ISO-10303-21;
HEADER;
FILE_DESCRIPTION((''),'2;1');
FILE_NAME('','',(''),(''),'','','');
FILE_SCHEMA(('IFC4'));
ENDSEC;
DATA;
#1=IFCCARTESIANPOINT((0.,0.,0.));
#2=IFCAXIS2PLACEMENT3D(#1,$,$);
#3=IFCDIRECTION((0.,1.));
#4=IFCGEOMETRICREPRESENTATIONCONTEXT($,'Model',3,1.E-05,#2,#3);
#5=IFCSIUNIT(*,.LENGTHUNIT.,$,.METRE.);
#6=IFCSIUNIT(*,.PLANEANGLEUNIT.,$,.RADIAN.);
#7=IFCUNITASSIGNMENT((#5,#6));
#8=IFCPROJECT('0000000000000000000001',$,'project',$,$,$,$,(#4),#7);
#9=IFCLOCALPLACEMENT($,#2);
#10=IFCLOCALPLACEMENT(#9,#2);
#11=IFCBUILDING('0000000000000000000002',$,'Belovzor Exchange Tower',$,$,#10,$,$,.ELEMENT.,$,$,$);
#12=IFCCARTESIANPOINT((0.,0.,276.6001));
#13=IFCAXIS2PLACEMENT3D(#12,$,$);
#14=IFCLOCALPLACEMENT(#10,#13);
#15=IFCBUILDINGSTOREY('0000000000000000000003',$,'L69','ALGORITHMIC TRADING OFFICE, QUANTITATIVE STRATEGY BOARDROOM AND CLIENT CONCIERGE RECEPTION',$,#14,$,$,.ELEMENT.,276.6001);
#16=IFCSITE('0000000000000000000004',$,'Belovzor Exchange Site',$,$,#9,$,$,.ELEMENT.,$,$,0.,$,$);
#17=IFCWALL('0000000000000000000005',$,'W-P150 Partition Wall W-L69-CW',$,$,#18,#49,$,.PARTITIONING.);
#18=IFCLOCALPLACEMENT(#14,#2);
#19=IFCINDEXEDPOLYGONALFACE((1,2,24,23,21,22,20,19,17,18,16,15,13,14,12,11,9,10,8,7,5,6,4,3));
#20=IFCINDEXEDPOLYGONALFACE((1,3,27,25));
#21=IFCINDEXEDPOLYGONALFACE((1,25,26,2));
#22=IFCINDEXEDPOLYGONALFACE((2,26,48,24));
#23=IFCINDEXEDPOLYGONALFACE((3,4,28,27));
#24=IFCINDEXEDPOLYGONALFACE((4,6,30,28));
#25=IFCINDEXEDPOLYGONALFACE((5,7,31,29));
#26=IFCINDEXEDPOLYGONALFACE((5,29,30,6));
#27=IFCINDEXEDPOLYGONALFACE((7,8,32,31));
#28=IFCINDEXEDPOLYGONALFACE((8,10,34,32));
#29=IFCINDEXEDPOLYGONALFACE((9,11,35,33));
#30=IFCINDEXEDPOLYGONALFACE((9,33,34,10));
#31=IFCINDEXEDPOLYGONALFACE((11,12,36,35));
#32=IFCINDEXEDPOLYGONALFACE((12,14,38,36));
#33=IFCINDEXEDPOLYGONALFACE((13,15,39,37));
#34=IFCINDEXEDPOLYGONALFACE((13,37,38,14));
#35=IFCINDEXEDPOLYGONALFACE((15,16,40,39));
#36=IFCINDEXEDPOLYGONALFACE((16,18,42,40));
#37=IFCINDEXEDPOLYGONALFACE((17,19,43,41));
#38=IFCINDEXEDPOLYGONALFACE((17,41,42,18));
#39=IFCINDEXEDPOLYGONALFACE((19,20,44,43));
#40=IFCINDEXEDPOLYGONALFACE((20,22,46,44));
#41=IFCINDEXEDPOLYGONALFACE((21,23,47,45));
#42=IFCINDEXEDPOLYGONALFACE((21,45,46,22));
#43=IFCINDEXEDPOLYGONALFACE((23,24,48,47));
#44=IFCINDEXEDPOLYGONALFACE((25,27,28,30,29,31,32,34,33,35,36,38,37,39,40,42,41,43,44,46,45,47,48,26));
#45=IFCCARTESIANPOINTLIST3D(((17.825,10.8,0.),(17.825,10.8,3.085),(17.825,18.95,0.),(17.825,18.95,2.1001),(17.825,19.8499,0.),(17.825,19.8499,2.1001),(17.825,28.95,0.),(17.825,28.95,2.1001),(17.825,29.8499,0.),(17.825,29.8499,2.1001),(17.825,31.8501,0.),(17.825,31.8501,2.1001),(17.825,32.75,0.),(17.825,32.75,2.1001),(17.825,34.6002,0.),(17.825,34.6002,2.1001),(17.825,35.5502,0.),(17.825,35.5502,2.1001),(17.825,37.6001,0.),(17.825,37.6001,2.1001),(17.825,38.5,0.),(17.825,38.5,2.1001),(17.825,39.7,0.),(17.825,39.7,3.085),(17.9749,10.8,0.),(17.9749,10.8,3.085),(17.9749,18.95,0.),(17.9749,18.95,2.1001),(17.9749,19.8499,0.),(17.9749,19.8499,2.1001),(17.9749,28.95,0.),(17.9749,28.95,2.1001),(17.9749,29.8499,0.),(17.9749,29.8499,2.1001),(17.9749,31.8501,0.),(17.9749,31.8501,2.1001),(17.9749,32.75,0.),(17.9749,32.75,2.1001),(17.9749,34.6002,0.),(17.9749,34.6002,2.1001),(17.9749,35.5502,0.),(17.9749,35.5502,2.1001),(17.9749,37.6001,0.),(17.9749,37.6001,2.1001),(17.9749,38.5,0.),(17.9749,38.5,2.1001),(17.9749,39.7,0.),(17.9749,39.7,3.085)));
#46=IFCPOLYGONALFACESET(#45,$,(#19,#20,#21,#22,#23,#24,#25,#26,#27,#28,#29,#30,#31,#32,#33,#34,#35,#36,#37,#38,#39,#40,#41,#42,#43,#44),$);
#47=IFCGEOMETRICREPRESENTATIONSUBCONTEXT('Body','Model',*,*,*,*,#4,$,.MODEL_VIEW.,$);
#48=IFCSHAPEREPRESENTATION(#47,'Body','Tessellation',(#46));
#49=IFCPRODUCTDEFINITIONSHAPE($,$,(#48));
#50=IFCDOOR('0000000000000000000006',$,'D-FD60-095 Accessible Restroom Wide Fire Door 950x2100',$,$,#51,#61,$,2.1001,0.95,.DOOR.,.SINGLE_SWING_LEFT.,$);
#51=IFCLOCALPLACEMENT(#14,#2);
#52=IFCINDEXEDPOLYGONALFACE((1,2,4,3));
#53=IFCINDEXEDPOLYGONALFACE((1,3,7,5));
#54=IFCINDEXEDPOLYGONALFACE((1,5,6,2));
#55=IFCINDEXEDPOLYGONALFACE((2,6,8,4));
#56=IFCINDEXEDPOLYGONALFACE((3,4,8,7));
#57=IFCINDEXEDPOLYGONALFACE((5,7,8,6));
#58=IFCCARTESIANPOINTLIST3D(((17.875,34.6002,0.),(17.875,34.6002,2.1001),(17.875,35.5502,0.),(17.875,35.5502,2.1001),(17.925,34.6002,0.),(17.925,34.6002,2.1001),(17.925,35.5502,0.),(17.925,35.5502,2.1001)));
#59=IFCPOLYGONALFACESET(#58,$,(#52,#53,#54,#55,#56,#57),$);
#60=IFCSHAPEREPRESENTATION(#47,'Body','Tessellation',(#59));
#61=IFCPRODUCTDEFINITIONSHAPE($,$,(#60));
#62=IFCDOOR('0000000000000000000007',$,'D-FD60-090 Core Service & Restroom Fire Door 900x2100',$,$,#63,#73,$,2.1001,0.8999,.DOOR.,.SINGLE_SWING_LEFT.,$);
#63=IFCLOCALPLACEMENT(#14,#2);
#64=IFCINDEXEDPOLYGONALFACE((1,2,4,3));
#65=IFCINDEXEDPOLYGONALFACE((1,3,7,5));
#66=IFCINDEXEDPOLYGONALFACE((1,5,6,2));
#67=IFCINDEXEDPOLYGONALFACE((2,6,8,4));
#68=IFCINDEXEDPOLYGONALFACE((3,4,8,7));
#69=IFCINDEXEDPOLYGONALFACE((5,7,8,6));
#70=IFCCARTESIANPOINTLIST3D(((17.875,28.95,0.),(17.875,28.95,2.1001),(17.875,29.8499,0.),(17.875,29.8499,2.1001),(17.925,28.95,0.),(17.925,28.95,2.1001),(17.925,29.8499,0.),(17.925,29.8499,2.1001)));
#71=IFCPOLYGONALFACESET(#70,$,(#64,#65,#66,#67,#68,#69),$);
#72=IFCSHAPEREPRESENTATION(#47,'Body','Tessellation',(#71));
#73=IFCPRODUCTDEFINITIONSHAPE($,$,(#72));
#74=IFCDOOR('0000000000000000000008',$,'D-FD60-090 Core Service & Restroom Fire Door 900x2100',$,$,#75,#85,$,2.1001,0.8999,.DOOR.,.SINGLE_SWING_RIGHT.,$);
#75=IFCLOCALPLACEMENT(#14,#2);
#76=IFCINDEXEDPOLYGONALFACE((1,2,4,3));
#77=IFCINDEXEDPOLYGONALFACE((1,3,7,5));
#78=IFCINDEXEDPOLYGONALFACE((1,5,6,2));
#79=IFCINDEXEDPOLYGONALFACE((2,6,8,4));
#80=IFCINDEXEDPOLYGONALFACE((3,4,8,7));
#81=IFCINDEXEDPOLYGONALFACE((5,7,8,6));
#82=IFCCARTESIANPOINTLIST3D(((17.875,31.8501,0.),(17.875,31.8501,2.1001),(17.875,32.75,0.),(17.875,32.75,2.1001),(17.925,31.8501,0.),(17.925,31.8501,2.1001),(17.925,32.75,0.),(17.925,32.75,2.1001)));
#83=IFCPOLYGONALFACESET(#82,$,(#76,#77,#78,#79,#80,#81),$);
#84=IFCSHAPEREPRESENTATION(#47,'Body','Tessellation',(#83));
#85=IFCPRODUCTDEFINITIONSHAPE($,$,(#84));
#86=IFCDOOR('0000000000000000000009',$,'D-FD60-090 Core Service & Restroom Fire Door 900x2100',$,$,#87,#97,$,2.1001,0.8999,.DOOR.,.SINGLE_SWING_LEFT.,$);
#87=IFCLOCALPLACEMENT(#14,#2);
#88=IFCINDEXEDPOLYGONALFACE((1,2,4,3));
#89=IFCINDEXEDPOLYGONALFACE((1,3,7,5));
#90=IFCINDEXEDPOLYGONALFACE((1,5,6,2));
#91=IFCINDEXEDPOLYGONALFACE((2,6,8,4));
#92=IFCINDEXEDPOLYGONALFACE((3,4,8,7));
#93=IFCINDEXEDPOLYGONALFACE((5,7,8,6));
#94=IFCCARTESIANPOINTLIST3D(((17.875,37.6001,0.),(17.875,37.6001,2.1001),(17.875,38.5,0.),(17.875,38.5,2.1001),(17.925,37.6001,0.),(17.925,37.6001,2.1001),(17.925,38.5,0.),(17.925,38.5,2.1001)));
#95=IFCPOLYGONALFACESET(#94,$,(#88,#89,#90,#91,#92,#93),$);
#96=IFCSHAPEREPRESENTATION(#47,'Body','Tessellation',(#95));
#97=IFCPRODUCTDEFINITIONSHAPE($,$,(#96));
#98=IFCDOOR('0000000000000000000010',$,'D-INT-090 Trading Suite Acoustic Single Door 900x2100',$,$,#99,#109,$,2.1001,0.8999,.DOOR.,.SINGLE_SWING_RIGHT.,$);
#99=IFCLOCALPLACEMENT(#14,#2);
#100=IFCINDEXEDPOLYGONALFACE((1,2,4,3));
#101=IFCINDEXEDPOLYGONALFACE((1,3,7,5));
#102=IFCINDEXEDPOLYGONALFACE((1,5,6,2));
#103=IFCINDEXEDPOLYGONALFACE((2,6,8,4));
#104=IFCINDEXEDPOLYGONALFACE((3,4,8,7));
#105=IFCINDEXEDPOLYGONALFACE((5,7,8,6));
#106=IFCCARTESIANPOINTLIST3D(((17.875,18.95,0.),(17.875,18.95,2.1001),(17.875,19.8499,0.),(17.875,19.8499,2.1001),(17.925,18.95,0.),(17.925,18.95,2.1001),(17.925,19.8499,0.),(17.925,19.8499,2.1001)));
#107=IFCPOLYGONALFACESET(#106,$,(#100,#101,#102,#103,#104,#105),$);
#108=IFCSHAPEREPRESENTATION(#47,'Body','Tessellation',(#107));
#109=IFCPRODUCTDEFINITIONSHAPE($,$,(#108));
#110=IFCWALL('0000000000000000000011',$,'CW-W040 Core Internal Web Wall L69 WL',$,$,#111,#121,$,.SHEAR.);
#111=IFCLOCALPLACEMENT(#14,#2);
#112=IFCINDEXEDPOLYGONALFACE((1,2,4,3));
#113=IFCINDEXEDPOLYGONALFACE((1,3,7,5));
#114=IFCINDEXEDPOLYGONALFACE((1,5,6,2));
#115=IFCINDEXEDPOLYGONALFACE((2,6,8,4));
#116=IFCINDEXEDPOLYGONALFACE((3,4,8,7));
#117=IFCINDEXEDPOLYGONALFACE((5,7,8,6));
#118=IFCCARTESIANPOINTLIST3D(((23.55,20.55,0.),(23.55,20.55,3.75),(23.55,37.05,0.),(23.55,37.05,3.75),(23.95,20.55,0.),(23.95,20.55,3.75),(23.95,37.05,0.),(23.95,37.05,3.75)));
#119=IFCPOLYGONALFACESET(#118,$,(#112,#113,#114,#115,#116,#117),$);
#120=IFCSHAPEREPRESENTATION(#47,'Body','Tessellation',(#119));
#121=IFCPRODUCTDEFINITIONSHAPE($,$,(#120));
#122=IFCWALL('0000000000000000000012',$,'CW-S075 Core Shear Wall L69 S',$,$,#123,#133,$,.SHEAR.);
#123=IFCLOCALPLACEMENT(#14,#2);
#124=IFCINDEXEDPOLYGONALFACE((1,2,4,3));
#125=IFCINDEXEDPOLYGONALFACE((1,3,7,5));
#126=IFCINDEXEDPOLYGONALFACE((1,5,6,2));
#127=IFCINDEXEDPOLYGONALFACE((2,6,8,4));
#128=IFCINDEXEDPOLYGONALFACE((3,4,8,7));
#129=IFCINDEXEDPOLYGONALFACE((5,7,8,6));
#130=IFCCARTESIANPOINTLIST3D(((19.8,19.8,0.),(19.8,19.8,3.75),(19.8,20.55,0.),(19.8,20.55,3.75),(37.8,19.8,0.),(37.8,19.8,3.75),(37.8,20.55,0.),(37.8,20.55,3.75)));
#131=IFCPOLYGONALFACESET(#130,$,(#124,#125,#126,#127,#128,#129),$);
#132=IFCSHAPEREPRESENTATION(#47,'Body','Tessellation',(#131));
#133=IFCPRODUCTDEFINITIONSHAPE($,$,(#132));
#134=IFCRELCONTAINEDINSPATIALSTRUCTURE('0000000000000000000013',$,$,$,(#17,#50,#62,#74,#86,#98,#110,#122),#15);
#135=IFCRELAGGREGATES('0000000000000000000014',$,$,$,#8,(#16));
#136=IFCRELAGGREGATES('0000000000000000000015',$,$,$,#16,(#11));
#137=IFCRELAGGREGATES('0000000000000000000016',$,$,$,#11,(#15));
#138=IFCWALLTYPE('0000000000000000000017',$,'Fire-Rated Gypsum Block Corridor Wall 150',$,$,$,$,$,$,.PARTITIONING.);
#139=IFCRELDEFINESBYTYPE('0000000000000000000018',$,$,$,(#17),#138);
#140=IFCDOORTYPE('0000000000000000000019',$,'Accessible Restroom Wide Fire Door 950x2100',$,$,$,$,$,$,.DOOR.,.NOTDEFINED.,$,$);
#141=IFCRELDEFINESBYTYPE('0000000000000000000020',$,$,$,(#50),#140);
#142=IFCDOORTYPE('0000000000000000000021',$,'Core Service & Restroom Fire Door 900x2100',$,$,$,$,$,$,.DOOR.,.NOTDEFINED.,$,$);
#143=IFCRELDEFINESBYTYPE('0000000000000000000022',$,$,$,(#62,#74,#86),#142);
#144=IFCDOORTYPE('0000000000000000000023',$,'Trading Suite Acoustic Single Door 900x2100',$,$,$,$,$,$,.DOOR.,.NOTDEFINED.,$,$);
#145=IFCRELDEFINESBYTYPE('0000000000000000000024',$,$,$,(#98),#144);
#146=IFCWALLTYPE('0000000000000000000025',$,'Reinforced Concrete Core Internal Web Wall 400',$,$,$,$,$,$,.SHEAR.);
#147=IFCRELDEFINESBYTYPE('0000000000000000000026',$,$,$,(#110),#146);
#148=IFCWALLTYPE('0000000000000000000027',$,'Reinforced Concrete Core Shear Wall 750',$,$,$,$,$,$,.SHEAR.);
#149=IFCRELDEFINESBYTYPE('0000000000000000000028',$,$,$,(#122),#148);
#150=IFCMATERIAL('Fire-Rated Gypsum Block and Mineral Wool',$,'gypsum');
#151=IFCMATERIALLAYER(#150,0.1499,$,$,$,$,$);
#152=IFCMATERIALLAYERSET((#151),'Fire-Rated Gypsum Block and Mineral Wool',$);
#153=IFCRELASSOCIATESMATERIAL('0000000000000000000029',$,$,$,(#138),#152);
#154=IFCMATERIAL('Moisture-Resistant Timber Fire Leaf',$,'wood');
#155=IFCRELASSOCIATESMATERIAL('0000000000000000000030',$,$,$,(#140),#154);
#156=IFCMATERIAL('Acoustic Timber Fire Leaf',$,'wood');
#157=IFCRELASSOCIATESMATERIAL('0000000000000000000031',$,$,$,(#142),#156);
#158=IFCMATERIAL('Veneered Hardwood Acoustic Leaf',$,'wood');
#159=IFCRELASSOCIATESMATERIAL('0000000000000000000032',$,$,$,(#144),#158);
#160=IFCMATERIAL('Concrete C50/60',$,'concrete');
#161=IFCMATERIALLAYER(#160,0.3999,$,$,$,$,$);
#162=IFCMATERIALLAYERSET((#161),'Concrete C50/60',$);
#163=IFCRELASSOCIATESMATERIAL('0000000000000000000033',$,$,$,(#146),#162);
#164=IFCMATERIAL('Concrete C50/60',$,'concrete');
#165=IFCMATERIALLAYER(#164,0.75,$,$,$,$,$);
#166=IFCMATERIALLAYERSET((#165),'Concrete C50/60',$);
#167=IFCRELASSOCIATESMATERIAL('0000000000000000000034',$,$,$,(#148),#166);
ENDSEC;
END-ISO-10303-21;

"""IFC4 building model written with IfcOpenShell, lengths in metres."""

from ifc_helpers import new_model, si_unit, direction, frame, frame_2d, origin, place, context, subcontext, project, spatial, rectangle, extrude, material, layer, layer_set, type_object, element, fill, save


model = new_model("IFC4")

# Units and contexts
model_context = context("Model", 3, precision=1e-05, world=origin(), true_north=direction((0.0, 1.0)))
body_context = subcontext(model_context, "Body", "Model", "MODEL_VIEW")
ifc_project = project(units=[si_unit("LENGTHUNIT", "METRE"), si_unit("PLANEANGLEUNIT", "RADIAN")], contexts=[model_context])

# Site, building, storey
site_placement = place(None, origin())
site = spatial("IfcSite", under=ifc_project, at=site_placement, Name="Belovzor Exchange Site", CompositionType="ELEMENT", RefElevation=0.0)
building_placement = place(site_placement, origin())
building = spatial("IfcBuilding", under=site, at=building_placement, Name="Belovzor Exchange Tower", CompositionType="ELEMENT")
storey_placement = place(building_placement, frame((0.0, 0.0, 276.6001)))
storey = spatial("IfcBuildingStorey", under=building, at=storey_placement, Name="L69", Description="ALGORITHMIC TRADING OFFICE, QUANTITATIVE STRATEGY BOARDROOM AND CLIENT CONCIERGE RECEPTION", CompositionType="ELEMENT", Elevation=276.6001)

# Wall, openings, doors
ifc_material_1 = material(Name="Fire-Rated Gypsum Block and Mineral Wool", Category="gypsum")
ifc_layer_1 = layer(ifc_material_1, 0.1499)
ifc_layer_set_1 = layer_set([ifc_layer_1], Name="Fire-Rated Gypsum Block and Mineral Wool")
wall_type_1 = type_object("IfcWallType", Name="Fire-Rated Gypsum Block Corridor Wall 150", PredefinedType="PARTITIONING", material=ifc_layer_set_1)
wall_1_placement = place(storey_placement, frame((17.8999, 10.8, 0.0), z_axis=(0.0, 0.0, 1.0), x_axis=(0.0, 1.0, 0.0)))
wall_1 = element("IfcWall", 1, at=wall_1_placement, inside=storey, type_object=wall_type_1, Name="W-P150 Partition Wall W-L69-CW", PredefinedType="PARTITIONING", context=body_context, shape_type="SweptSolid", body=[
    extrude(rectangle(XDim=28.8999, YDim=0.1499, at=frame_2d((14.45, 0.0))), origin(), (0.0, 0.0, 1.0), 3.085),
])
opening_1_placement = place(wall_1_placement, frame((8.1499, 0.0, 0.0)))
opening_1 = element("IfcOpeningElement", 2, at=opening_1_placement, cuts=wall_1, PredefinedType="OPENING", context=body_context, shape_type="SweptSolid", body=[
    extrude(rectangle(XDim=0.8999, YDim=2.1001, at=frame_2d((0.45, 1.05))), frame((0.0, 0.085, 0.0), z_axis=(0.0, -1.0, 0.0), x_axis=(1.0, 0.0, 0.0)), (0.0, 0.0, 1.0), 0.1699),
])
opening_2_placement = place(wall_1_placement, frame((18.1499, 0.0, 0.0)))
opening_2 = element("IfcOpeningElement", 3, at=opening_2_placement, cuts=wall_1, PredefinedType="OPENING", context=body_context, shape_type="SweptSolid", body=[
    extrude(rectangle(XDim=0.8999, YDim=2.1001, at=frame_2d((0.45, 1.05))), frame((0.0, 0.085, 0.0), z_axis=(0.0, -1.0, 0.0), x_axis=(1.0, 0.0, 0.0)), (0.0, 0.0, 1.0), 0.1699),
])
opening_3_placement = place(wall_1_placement, frame((21.05, 0.0, 0.0)))
opening_3 = element("IfcOpeningElement", 4, at=opening_3_placement, cuts=wall_1, PredefinedType="OPENING", context=body_context, shape_type="SweptSolid", body=[
    extrude(rectangle(XDim=0.8999, YDim=2.1001, at=frame_2d((0.45, 1.05))), frame((0.0, 0.085, 0.0), z_axis=(0.0, -1.0, 0.0), x_axis=(1.0, 0.0, 0.0)), (0.0, 0.0, 1.0), 0.1699),
])
opening_4_placement = place(wall_1_placement, frame((23.8, 0.0, 0.0)))
opening_4 = element("IfcOpeningElement", 5, at=opening_4_placement, cuts=wall_1, PredefinedType="OPENING", context=body_context, shape_type="SweptSolid", body=[
    extrude(rectangle(XDim=0.95, YDim=2.1001, at=frame_2d((0.4751, 1.05))), frame((0.0, 0.085, 0.0), z_axis=(0.0, -1.0, 0.0), x_axis=(1.0, 0.0, 0.0)), (0.0, 0.0, 1.0), 0.1699),
])
opening_5_placement = place(wall_1_placement, frame((26.8, 0.0, 0.0)))
opening_5 = element("IfcOpeningElement", 6, at=opening_5_placement, cuts=wall_1, PredefinedType="OPENING", context=body_context, shape_type="SweptSolid", body=[
    extrude(rectangle(XDim=0.8999, YDim=2.1001, at=frame_2d((0.45, 1.05))), frame((0.0, 0.085, 0.0), z_axis=(0.0, -1.0, 0.0), x_axis=(1.0, 0.0, 0.0)), (0.0, 0.0, 1.0), 0.1699),
])
ifc_material_2 = material(Name="Moisture-Resistant Timber Fire Leaf", Category="wood")
door_type_1 = type_object("IfcDoorType", Name="Accessible Restroom Wide Fire Door 950x2100", OperationType="NOTDEFINED", PredefinedType="DOOR", material=ifc_material_2)
door_1_placement = place(opening_4_placement, origin())
door_1 = element("IfcDoor", 7, at=door_1_placement, inside=storey, type_object=door_type_1, Name="D-FD60-095 Accessible Restroom Wide Fire Door 950x2100", OperationType="SINGLE_SWING_LEFT", OverallHeight=2.1001, OverallWidth=0.95, PredefinedType="DOOR", context=body_context, shape_type="SweptSolid", body=[
    extrude(rectangle(XDim=0.95, YDim=2.1001, at=frame_2d((0.4751, 1.05))), frame((0.0, 0.0249, 0.0), z_axis=(0.0, -1.0, 0.0), x_axis=(1.0, 0.0, 0.0)), (0.0, 0.0, 1.0), 0.05),
])
fill(opening_4, door_1)
ifc_material_3 = material(Name="Acoustic Timber Fire Leaf", Category="wood")
door_type_2 = type_object("IfcDoorType", Name="Core Service & Restroom Fire Door 900x2100", OperationType="NOTDEFINED", PredefinedType="DOOR", material=ifc_material_3)
door_2_placement = place(opening_2_placement, origin())
door_2 = element("IfcDoor", 8, at=door_2_placement, inside=storey, type_object=door_type_2, Name="D-FD60-090 Core Service & Restroom Fire Door 900x2100", OperationType="SINGLE_SWING_LEFT", OverallHeight=2.1001, OverallWidth=0.8999, PredefinedType="DOOR", context=body_context, shape_type="SweptSolid", body=[
    extrude(rectangle(XDim=0.8999, YDim=2.1001, at=frame_2d((0.45, 1.05))), frame((0.0, 0.0249, 0.0), z_axis=(0.0, -1.0, 0.0), x_axis=(1.0, 0.0, 0.0)), (0.0, 0.0, 1.0), 0.05),
])
fill(opening_2, door_2)
door_3_placement = place(opening_3_placement, origin())
door_3 = element("IfcDoor", 9, at=door_3_placement, inside=storey, type_object=door_type_2, Name="D-FD60-090 Core Service & Restroom Fire Door 900x2100", OperationType="SINGLE_SWING_RIGHT", OverallHeight=2.1001, OverallWidth=0.8999, PredefinedType="DOOR", context=body_context, shape_type="SweptSolid", body=[
    extrude(rectangle(XDim=0.8999, YDim=2.1001, at=frame_2d((0.45, 1.05))), frame((0.0, 0.0249, 0.0), z_axis=(0.0, -1.0, 0.0), x_axis=(1.0, 0.0, 0.0)), (0.0, 0.0, 1.0), 0.05),
])
fill(opening_3, door_3)
door_4_placement = place(opening_5_placement, origin())
door_4 = element("IfcDoor", 10, at=door_4_placement, inside=storey, type_object=door_type_2, Name="D-FD60-090 Core Service & Restroom Fire Door 900x2100", OperationType="SINGLE_SWING_LEFT", OverallHeight=2.1001, OverallWidth=0.8999, PredefinedType="DOOR", context=body_context, shape_type="SweptSolid", body=[
    extrude(rectangle(XDim=0.8999, YDim=2.1001, at=frame_2d((0.45, 1.05))), frame((0.0, 0.0249, 0.0), z_axis=(0.0, -1.0, 0.0), x_axis=(1.0, 0.0, 0.0)), (0.0, 0.0, 1.0), 0.05),
])
fill(opening_5, door_4)
ifc_material_4 = material(Name="Veneered Hardwood Acoustic Leaf", Category="wood")
door_type_3 = type_object("IfcDoorType", Name="Trading Suite Acoustic Single Door 900x2100", OperationType="NOTDEFINED", PredefinedType="DOOR", material=ifc_material_4)
door_5_placement = place(opening_1_placement, origin())
door_5 = element("IfcDoor", 11, at=door_5_placement, inside=storey, type_object=door_type_3, Name="D-INT-090 Trading Suite Acoustic Single Door 900x2100", OperationType="SINGLE_SWING_RIGHT", OverallHeight=2.1001, OverallWidth=0.8999, PredefinedType="DOOR", context=body_context, shape_type="SweptSolid", body=[
    extrude(rectangle(XDim=0.8999, YDim=2.1001, at=frame_2d((0.45, 1.05))), frame((0.0, 0.0249, 0.0), z_axis=(0.0, -1.0, 0.0), x_axis=(1.0, 0.0, 0.0)), (0.0, 0.0, 1.0), 0.05),
])
fill(opening_1, door_5)

# Walls
ifc_material_5 = material(Name="Concrete C50/60", Category="concrete")
ifc_layer_2 = layer(ifc_material_5, 0.3999)
ifc_layer_set_2 = layer_set([ifc_layer_2], Name="Concrete C50/60")
wall_type_2 = type_object("IfcWallType", Name="Reinforced Concrete Core Internal Web Wall 400", PredefinedType="SHEAR", material=ifc_layer_set_2)
wall_2_placement = place(storey_placement, frame((23.75, 20.55, 0.0), z_axis=(0.0, 0.0, 1.0), x_axis=(0.0, 1.0, 0.0)))
element("IfcWall", 12, at=wall_2_placement, inside=storey, type_object=wall_type_2, Name="CW-W040 Core Internal Web Wall L69 WL", PredefinedType="SHEAR", context=body_context, shape_type="SweptSolid", body=[
    extrude(rectangle(XDim=16.5, YDim=0.3999, at=frame_2d((8.25, 0.0))), origin(), (0.0, 0.0, 1.0), 3.75),
])
ifc_material_6 = material(Name="Concrete C50/60", Category="concrete")
ifc_layer_3 = layer(ifc_material_6, 0.75)
ifc_layer_set_3 = layer_set([ifc_layer_3], Name="Concrete C50/60")
wall_type_3 = type_object("IfcWallType", Name="Reinforced Concrete Core Shear Wall 750", PredefinedType="SHEAR", material=ifc_layer_set_3)
wall_3_placement = place(storey_placement, frame((19.8, 20.175, 0.0), z_axis=(0.0, 0.0, 1.0), x_axis=(1.0, 0.0, 0.0)))
element("IfcWall", 13, at=wall_3_placement, inside=storey, type_object=wall_type_3, Name="CW-S075 Core Shear Wall L69 S", PredefinedType="SHEAR", context=body_context, shape_type="SweptSolid", body=[
    extrude(rectangle(XDim=18.0, YDim=0.75, at=frame_2d((9.0, 0.0))), origin(), (0.0, 0.0, 1.0), 3.75),
])

save(model, "model.ifc")
